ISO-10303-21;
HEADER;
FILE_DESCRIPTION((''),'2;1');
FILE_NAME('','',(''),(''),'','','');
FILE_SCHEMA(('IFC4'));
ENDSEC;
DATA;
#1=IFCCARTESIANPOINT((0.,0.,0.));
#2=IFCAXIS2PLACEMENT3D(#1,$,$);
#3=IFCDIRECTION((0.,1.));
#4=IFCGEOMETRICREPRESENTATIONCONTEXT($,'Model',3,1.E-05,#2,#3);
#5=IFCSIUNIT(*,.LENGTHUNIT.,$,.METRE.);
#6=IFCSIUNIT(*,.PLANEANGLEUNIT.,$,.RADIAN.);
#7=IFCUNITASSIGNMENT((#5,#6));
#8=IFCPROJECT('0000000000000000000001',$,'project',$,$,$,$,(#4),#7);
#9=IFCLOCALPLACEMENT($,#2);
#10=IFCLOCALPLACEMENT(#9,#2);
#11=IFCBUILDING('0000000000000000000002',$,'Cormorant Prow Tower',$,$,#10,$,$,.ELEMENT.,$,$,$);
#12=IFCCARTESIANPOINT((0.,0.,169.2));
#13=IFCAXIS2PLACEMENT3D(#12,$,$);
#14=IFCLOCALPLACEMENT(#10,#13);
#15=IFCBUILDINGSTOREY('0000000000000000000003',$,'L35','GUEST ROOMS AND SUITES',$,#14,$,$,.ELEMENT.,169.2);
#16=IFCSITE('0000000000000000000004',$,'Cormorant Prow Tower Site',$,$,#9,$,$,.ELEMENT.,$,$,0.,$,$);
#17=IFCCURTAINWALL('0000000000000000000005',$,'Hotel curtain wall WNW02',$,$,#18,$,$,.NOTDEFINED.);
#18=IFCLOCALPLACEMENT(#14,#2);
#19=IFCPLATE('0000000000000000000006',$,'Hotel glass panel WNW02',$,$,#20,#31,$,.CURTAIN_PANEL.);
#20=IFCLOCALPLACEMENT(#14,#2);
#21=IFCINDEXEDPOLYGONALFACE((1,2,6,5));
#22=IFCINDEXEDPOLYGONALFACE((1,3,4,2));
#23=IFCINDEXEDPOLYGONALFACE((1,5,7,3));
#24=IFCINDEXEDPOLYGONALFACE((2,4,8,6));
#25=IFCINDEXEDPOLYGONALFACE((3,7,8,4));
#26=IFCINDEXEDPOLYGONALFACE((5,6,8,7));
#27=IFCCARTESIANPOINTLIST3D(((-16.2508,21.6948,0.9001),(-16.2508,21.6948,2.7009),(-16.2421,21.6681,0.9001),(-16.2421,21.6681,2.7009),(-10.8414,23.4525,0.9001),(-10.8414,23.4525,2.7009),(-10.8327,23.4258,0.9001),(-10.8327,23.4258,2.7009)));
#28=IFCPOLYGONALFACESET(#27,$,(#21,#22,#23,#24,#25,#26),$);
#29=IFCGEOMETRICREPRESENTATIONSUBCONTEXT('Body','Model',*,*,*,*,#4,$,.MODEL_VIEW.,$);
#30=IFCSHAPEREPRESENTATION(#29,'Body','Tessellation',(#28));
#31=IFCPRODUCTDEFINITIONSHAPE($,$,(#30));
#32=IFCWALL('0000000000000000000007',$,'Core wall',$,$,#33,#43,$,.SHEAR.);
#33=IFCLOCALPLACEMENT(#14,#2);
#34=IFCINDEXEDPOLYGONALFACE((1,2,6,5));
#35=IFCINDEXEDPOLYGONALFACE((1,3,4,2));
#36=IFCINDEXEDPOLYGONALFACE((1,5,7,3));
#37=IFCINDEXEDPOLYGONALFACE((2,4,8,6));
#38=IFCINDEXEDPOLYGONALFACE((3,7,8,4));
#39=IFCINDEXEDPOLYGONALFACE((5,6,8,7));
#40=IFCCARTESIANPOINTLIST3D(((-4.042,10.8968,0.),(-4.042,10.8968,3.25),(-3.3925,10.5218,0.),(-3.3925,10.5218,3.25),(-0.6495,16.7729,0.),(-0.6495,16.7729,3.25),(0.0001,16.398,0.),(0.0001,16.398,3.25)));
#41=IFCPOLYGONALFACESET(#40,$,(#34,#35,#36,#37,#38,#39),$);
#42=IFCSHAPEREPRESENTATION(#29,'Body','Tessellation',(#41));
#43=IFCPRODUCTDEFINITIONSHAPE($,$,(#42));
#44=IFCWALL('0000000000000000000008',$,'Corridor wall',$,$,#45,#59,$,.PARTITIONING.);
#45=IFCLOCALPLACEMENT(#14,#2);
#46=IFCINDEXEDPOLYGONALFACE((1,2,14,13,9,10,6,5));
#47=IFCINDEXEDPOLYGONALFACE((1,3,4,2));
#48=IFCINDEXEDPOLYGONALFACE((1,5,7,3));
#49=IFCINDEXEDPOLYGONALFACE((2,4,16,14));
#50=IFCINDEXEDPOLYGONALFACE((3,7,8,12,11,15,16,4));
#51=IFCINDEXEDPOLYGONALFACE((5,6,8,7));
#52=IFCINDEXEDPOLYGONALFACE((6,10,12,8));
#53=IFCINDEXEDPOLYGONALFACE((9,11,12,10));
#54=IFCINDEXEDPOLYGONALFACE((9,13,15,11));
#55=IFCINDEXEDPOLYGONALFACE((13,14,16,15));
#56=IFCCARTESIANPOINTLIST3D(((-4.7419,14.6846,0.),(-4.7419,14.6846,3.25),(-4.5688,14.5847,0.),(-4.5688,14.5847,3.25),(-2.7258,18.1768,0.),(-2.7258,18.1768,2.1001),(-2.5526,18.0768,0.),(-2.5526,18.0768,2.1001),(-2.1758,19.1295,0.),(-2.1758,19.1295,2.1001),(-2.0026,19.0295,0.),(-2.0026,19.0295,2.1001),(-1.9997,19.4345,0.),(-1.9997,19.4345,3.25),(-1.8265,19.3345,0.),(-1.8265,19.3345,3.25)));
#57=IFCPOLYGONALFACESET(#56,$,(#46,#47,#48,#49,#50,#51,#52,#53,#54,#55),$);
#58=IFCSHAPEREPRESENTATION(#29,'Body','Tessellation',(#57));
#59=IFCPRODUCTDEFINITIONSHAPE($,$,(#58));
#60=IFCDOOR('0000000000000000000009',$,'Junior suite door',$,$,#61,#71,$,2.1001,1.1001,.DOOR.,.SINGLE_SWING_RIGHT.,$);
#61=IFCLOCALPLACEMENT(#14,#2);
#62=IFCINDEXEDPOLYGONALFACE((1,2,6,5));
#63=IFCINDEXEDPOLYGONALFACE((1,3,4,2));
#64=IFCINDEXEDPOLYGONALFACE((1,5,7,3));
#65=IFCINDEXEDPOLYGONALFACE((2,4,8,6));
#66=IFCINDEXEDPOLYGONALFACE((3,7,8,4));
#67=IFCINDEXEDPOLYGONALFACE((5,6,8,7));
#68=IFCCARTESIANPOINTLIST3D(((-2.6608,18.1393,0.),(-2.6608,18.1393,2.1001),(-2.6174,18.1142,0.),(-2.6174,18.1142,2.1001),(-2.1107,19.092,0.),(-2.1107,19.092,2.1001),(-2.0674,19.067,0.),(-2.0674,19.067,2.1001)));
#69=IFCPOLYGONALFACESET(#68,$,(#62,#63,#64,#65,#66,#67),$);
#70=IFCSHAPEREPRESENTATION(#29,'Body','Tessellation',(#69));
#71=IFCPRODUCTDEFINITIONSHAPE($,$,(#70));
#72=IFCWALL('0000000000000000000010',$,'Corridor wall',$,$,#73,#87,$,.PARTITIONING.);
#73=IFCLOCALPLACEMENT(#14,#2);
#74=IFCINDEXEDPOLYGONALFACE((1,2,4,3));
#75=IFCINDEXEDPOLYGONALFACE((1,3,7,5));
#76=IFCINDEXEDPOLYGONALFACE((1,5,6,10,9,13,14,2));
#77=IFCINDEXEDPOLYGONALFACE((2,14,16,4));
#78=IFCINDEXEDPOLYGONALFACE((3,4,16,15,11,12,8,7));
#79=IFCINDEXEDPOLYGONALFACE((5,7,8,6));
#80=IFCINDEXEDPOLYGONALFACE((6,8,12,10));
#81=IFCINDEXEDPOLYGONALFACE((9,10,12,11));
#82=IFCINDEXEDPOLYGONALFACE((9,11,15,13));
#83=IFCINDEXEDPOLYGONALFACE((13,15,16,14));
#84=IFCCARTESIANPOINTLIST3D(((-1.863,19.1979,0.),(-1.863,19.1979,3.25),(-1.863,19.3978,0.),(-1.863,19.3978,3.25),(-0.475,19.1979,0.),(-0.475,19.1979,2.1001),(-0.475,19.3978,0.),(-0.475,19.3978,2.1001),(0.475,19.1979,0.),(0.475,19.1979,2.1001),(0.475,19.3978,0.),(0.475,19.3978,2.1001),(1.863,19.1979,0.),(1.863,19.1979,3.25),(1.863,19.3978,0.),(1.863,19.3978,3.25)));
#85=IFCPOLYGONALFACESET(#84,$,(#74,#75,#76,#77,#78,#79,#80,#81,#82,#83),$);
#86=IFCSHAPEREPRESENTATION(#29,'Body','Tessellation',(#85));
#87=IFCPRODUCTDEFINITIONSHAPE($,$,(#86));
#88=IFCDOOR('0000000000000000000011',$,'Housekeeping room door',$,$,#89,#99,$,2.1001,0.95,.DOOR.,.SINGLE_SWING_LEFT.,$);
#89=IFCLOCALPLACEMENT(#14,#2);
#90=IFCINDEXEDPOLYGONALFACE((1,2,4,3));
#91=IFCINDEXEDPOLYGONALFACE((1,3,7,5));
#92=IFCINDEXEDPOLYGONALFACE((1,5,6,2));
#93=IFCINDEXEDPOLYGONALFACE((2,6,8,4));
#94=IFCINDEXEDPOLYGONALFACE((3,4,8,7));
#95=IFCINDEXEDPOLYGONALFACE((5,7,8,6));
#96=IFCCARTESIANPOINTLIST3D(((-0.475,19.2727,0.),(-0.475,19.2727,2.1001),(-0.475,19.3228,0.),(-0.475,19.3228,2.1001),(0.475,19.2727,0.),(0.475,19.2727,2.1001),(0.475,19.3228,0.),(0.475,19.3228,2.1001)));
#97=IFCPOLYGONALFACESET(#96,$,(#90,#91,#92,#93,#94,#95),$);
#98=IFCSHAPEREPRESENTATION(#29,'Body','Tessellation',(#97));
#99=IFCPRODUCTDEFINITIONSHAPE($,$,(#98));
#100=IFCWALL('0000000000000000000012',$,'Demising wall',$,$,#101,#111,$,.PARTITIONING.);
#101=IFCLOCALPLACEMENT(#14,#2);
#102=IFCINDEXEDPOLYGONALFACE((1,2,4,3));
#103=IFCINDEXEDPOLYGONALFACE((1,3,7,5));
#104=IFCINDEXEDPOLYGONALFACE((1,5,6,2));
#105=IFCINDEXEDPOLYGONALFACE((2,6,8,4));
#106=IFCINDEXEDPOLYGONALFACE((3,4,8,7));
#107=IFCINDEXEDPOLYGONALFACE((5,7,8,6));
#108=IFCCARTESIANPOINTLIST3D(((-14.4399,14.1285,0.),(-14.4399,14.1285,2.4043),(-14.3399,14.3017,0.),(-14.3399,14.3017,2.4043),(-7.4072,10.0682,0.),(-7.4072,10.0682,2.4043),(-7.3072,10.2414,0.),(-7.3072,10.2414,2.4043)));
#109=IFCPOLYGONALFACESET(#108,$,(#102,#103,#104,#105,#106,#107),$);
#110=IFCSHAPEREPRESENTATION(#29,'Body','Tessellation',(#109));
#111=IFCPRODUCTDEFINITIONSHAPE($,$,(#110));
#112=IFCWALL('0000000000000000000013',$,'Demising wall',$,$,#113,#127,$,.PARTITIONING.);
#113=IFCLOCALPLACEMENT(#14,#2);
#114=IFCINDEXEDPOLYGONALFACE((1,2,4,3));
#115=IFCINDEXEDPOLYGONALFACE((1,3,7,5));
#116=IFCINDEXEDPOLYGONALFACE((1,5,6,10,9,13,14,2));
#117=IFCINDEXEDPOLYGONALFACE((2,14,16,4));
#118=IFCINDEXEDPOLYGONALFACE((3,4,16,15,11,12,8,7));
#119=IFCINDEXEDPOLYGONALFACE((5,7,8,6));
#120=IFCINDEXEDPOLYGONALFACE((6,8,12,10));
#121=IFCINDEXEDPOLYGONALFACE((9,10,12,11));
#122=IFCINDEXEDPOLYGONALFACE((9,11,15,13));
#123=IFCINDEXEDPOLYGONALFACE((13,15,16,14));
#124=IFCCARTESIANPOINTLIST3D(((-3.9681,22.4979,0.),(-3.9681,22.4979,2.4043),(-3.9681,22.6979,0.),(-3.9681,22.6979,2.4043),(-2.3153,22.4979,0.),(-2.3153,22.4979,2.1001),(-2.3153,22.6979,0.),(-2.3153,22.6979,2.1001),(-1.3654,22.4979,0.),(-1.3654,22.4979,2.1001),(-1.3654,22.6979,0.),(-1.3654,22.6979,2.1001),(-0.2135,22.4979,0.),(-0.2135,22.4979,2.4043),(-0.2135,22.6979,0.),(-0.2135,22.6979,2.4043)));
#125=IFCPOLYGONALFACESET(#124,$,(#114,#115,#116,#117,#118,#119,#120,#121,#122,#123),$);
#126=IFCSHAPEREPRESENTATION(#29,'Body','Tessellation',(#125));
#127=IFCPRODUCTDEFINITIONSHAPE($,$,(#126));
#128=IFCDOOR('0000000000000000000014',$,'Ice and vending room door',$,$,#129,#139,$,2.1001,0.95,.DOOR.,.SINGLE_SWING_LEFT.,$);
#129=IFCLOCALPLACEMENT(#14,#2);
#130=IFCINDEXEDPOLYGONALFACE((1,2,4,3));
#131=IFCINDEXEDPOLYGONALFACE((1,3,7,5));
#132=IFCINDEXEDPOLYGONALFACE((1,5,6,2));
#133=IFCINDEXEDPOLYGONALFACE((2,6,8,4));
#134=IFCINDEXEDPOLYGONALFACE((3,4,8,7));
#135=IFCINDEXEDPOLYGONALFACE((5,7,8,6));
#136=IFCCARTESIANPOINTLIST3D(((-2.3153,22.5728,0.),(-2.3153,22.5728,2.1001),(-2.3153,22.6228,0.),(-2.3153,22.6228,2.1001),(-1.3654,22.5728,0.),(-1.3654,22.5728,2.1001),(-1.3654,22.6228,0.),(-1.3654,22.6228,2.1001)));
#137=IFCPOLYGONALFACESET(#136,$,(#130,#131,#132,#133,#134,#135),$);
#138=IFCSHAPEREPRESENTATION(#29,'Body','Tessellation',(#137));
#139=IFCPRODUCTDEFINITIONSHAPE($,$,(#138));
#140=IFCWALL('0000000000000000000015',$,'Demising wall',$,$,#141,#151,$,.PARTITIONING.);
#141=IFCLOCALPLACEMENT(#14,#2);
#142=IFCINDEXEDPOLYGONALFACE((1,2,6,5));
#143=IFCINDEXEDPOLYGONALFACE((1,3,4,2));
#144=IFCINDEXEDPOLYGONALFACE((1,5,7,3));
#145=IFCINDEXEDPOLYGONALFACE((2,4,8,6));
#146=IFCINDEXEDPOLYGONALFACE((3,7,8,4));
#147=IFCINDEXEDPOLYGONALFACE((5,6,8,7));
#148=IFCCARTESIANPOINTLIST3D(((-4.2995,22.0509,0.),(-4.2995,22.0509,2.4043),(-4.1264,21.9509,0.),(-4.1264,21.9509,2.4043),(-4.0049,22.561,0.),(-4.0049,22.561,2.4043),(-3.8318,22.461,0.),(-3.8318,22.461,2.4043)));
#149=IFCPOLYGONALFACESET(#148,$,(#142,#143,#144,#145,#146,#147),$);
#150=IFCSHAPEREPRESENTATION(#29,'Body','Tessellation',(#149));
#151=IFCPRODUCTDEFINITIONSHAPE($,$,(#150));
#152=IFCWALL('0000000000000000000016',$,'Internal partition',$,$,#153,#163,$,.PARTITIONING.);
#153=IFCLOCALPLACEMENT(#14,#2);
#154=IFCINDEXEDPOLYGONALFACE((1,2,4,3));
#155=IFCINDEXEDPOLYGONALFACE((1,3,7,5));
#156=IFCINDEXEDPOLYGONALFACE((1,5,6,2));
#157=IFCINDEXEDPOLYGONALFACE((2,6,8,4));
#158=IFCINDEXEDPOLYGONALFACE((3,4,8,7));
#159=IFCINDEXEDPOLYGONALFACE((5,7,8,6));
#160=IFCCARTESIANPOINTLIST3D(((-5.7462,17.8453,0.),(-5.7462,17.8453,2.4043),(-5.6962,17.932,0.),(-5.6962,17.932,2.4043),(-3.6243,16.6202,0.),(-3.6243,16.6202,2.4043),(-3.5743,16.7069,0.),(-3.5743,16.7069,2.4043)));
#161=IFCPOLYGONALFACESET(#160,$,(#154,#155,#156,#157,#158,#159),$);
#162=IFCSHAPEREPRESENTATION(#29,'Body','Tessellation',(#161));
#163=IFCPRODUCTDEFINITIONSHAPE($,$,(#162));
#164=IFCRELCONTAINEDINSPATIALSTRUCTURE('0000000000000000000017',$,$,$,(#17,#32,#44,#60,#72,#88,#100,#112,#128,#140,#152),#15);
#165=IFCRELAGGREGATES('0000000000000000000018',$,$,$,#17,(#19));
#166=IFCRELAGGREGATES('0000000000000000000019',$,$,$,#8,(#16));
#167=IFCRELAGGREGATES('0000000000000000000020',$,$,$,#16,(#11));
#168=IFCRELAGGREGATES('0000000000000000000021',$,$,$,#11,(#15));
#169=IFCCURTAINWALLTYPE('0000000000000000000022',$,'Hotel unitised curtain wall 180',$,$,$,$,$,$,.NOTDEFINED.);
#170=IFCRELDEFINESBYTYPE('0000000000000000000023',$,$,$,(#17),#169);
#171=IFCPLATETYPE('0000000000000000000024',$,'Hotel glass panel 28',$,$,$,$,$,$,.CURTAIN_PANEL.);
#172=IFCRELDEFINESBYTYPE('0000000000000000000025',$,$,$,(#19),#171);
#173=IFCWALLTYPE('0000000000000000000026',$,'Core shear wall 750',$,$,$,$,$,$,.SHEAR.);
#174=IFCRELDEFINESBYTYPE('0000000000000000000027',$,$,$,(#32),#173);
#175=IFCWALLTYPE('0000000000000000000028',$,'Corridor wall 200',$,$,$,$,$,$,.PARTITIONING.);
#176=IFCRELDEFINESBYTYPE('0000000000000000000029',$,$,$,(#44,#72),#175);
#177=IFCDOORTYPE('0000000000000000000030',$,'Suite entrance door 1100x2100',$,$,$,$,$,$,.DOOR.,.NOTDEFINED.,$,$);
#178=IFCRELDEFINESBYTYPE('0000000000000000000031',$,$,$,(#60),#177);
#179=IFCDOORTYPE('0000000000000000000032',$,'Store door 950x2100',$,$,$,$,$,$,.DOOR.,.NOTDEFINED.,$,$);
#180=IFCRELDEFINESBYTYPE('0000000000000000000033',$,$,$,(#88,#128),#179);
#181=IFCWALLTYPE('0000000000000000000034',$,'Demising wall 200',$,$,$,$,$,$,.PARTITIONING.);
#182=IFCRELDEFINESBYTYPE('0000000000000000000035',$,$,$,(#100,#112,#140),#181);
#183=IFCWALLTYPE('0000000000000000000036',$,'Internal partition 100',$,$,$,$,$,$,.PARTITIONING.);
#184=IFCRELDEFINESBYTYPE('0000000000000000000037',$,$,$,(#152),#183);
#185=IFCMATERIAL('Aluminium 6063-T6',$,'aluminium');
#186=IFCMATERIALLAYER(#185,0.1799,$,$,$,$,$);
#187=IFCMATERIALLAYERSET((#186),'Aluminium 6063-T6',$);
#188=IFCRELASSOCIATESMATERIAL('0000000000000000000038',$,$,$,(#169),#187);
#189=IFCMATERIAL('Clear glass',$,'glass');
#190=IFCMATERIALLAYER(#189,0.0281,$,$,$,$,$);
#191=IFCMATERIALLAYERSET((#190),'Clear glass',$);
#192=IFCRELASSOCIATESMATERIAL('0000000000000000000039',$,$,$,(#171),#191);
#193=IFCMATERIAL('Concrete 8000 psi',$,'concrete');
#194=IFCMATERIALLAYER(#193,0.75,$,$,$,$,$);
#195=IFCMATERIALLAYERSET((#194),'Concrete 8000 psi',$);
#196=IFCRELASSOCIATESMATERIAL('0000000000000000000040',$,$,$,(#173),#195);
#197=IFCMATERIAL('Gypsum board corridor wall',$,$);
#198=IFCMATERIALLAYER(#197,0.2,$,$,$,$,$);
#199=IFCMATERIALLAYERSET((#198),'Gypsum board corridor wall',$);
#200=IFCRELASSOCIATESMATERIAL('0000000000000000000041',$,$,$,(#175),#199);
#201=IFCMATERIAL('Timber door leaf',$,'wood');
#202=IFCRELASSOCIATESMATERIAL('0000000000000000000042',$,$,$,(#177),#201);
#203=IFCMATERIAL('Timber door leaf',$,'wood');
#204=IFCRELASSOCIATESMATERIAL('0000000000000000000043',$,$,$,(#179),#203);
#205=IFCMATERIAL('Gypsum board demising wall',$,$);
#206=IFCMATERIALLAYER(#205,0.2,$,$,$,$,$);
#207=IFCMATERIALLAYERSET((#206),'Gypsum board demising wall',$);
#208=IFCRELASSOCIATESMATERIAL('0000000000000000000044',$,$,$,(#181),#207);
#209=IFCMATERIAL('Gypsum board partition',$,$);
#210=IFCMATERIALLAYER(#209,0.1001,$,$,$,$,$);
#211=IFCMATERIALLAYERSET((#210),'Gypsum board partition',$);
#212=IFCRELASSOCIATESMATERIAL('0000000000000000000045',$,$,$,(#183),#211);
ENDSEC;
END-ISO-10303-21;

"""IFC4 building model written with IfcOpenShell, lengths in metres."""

from ifc_helpers import new_model, si_unit, direction, frame, frame_2d, origin, origin_2d, place, context, subcontext, project, spatial, rectangle, extrude, material, layer, layer_set, type_object, element, fill, aggregate, save


model = new_model("IFC4")

# Units and contexts
model_context = context("Model", 3, precision=1e-05, world=origin(), true_north=direction((0.0, 1.0)))
body_context = subcontext(model_context, "Body", "Model", "MODEL_VIEW")
ifc_project = project(units=[si_unit("LENGTHUNIT", "METRE"), si_unit("PLANEANGLEUNIT", "RADIAN")], contexts=[model_context])

# Site, building, storey
site_placement = place(None, origin())
site = spatial("IfcSite", under=ifc_project, at=site_placement, Name="Cormorant Prow Tower Site", CompositionType="ELEMENT", RefElevation=0.0)
building_placement = place(site_placement, origin())
building = spatial("IfcBuilding", under=site, at=building_placement, Name="Cormorant Prow Tower", CompositionType="ELEMENT")
storey_placement = place(building_placement, frame((0.0, 0.0, 169.2)))
storey = spatial("IfcBuildingStorey", under=building, at=storey_placement, Name="L35", Description="GUEST ROOMS AND SUITES", CompositionType="ELEMENT", Elevation=169.2)

# Shared definitions
ifc_material_1 = material(Name="Aluminium 6063-T6", Category="aluminium")
ifc_layer_1 = layer(ifc_material_1, 0.1799)
ifc_layer_set_1 = layer_set([ifc_layer_1], Name="Aluminium 6063-T6")
curtain_wall_type = type_object("IfcCurtainWallType", Name="Hotel unitised curtain wall 180", PredefinedType="NOTDEFINED", material=ifc_layer_set_1)

# Curtain wall, plate
curtain_wall_1_placement = place(storey_placement, origin())
curtain_wall_1 = element("IfcCurtainWall", 1, at=curtain_wall_1_placement, inside=storey, type_object=curtain_wall_type, Name="Hotel curtain wall WNW02", PredefinedType="NOTDEFINED")
ifc_material_2 = material(Name="Clear glass", Category="glass")
ifc_layer_2 = layer(ifc_material_2, 0.0281)
ifc_layer_set_2 = layer_set([ifc_layer_2], Name="Clear glass")
plate_type = type_object("IfcPlateType", Name="Hotel glass panel 28", PredefinedType="CURTAIN_PANEL", material=ifc_layer_set_2)
plate_placement = place(storey_placement, frame((-13.5417, 22.5603, 0.9001), z_axis=(0.0, 0.0, 1.0), x_axis=(-0.951056, -0.309017, 0.0)))
plate = element("IfcPlate", 2, at=plate_placement, type_object=plate_type, Name="Hotel glass panel WNW02", PredefinedType="CURTAIN_PANEL", context=body_context, shape_type="SweptSolid", body=[
    extrude(rectangle(XDim=5.6877, YDim=0.0281, at=origin_2d()), origin(), (0.0, 0.0, 1.0), 1.8008),
])
aggregate(curtain_wall_1, [plate])

# Wall
ifc_material_3 = material(Name="Concrete 8000 psi", Category="concrete")
ifc_layer_3 = layer(ifc_material_3, 0.75)
ifc_layer_set_3 = layer_set([ifc_layer_3], Name="Concrete 8000 psi")
wall_type_1 = type_object("IfcWallType", Name="Core shear wall 750", PredefinedType="SHEAR", material=ifc_layer_set_3)
wall_1_placement = place(storey_placement, frame((-0.3247, 16.5854, 0.0), z_axis=(0.0, 0.0, 1.0), x_axis=(-0.499993, -0.866029, 0.0)))
element("IfcWall", 3, at=wall_1_placement, inside=storey, type_object=wall_type_1, Name="Core wall", PredefinedType="SHEAR", context=body_context, shape_type="SweptSolid", body=[
    extrude(rectangle(XDim=6.7852, YDim=0.75, at=frame_2d((3.3926, 0.0))), origin(), (0.0, 0.0, 1.0), 3.25),
])

# Walls, openings, doors
ifc_material_4 = material(Name="Gypsum board corridor wall")
ifc_layer_4 = layer(ifc_material_4, 0.2)
ifc_layer_set_4 = layer_set([ifc_layer_4], Name="Gypsum board corridor wall")
wall_type_2 = type_object("IfcWallType", Name="Corridor wall 200", PredefinedType="PARTITIONING", material=ifc_layer_set_4)
wall_2_placement = place(storey_placement, frame((-4.6553, 14.6348, 0.0), z_axis=(0.0, 0.0, 1.0), x_axis=(0.499988, 0.866032, 0.0)))
wall_2 = element("IfcWall", 4, at=wall_2_placement, inside=storey, type_object=wall_type_2, Name="Corridor wall", PredefinedType="PARTITIONING", context=body_context, shape_type="SweptSolid", body=[
    extrude(rectangle(XDim=5.4846, YDim=0.2, at=frame_2d((2.7422, 0.0))), origin(), (0.0, 0.0, 1.0), 3.25),
])
opening_1_placement = place(wall_2_placement, frame((4.0322, 0.0, 0.0)))
opening_1 = element("IfcOpeningElement", 5, at=opening_1_placement, cuts=wall_2, PredefinedType="OPENING", context=body_context, shape_type="SweptSolid", body=[
    extrude(rectangle(XDim=1.1001, YDim=2.1001, at=frame_2d((0.55, 1.05))), frame((0.0, 0.1099, 0.0), z_axis=(0.0, -1.0, 0.0), x_axis=(1.0, 0.0, 0.0)), (0.0, 0.0, 1.0), 0.22),
])
ifc_material_5 = material(Name="Timber door leaf", Category="wood")
door_type_1 = type_object("IfcDoorType", Name="Suite entrance door 1100x2100", OperationType="NOTDEFINED", PredefinedType="DOOR", material=ifc_material_5)
door_1_placement = place(opening_1_placement, origin())
door_1 = element("IfcDoor", 6, at=door_1_placement, inside=storey, type_object=door_type_1, Name="Junior suite door", OperationType="SINGLE_SWING_RIGHT", OverallHeight=2.1001, OverallWidth=1.1001, PredefinedType="DOOR", context=body_context, shape_type="SweptSolid", body=[
    extrude(rectangle(XDim=1.1001, YDim=2.1001, at=frame_2d((0.55, 1.05))), frame((0.0, 0.0249, 0.0), z_axis=(0.0, -1.0, 0.0), x_axis=(1.0, 0.0, 0.0)), (0.0, 0.0, 1.0), 0.05),
])
fill(opening_1, door_1)
wall_3_placement = place(storey_placement, frame((-1.863, 19.2979, 0.0), z_axis=(0.0, 0.0, 1.0), x_axis=(1.0, 0.0, 0.0)))
wall_3 = element("IfcWall", 7, at=wall_3_placement, inside=storey, type_object=wall_type_2, Name="Corridor wall", PredefinedType="PARTITIONING", context=body_context, shape_type="SweptSolid", body=[
    extrude(rectangle(XDim=3.7261, YDim=0.2, at=frame_2d((1.863, 0.0))), origin(), (0.0, 0.0, 1.0), 3.25),
])
opening_2_placement = place(wall_3_placement, frame((1.3879, 0.0, 0.0)))
opening_2 = element("IfcOpeningElement", 8, at=opening_2_placement, cuts=wall_3, PredefinedType="OPENING", context=body_context, shape_type="SweptSolid", body=[
    extrude(rectangle(XDim=0.95, YDim=2.1001, at=frame_2d((0.4751, 1.05))), frame((0.0, 0.1099, 0.0), z_axis=(0.0, -1.0, 0.0), x_axis=(1.0, 0.0, 0.0)), (0.0, 0.0, 1.0), 0.22),
])
ifc_material_6 = material(Name="Timber door leaf", Category="wood")
door_type_2 = type_object("IfcDoorType", Name="Store door 950x2100", OperationType="NOTDEFINED", PredefinedType="DOOR", material=ifc_material_6)
door_2_placement = place(opening_2_placement, origin())
door_2 = element("IfcDoor", 9, at=door_2_placement, inside=storey, type_object=door_type_2, Name="Housekeeping room door", OperationType="SINGLE_SWING_LEFT", OverallHeight=2.1001, OverallWidth=0.95, PredefinedType="DOOR", context=body_context, shape_type="SweptSolid", body=[
    extrude(rectangle(XDim=0.95, YDim=2.1001, at=frame_2d((0.4751, 1.05))), frame((0.0, 0.0249, 0.0), z_axis=(0.0, -1.0, 0.0), x_axis=(1.0, 0.0, 0.0)), (0.0, 0.0, 1.0), 0.05),
])
fill(opening_2, door_2)

# Wall
ifc_material_7 = material(Name="Gypsum board demising wall")
ifc_layer_5 = layer(ifc_material_7, 0.2)
ifc_layer_set_5 = layer_set([ifc_layer_5], Name="Gypsum board demising wall")
wall_type_3 = type_object("IfcWallType", Name="Demising wall 200", PredefinedType="PARTITIONING", material=ifc_layer_set_5)
wall_4_placement = place(storey_placement, frame((-14.3899, 14.2151, 0.0), z_axis=(0.0, 0.0, 1.0), x_axis=(0.866027, -0.499997, 0.0)))
element("IfcWall", 10, at=wall_4_placement, inside=storey, type_object=wall_type_3, Name="Demising wall", PredefinedType="PARTITIONING", context=body_context, shape_type="SweptSolid", body=[
    extrude(rectangle(XDim=8.1206, YDim=0.2, at=frame_2d((4.0603, 0.0))), origin(), (0.0, 0.0, 1.0), 2.4043),
])

# Wall, opening, door
wall_5_placement = place(storey_placement, frame((-3.9683, 22.5979, 0.0), z_axis=(0.0, 0.0, 1.0), x_axis=(1.0, 0.0, 0.0)))
wall_5 = element("IfcWall", 11, at=wall_5_placement, inside=storey, type_object=wall_type_3, Name="Demising wall", PredefinedType="PARTITIONING", context=body_context, shape_type="SweptSolid", body=[
    extrude(rectangle(XDim=3.7546, YDim=0.2, at=frame_2d((1.8774, 0.0))), origin(), (0.0, 0.0, 1.0), 2.4043),
])
opening_3_placement = place(wall_5_placement, frame((1.6528, 0.0, 0.0)))
opening_3 = element("IfcOpeningElement", 12, at=opening_3_placement, cuts=wall_5, PredefinedType="OPENING", context=body_context, shape_type="SweptSolid", body=[
    extrude(rectangle(XDim=0.95, YDim=2.1001, at=frame_2d((0.4751, 1.05))), frame((0.0, 0.1099, 0.0), z_axis=(0.0, -1.0, 0.0), x_axis=(1.0, 0.0, 0.0)), (0.0, 0.0, 1.0), 0.22),
])
door_3_placement = place(opening_3_placement, origin())
door_3 = element("IfcDoor", 13, at=door_3_placement, inside=storey, type_object=door_type_2, Name="Ice and vending room door", OperationType="SINGLE_SWING_LEFT", OverallHeight=2.1001, OverallWidth=0.95, PredefinedType="DOOR", context=body_context, shape_type="SweptSolid", body=[
    extrude(rectangle(XDim=0.95, YDim=2.1001, at=frame_2d((0.4751, 1.05))), frame((0.0, 0.0249, 0.0), z_axis=(0.0, -1.0, 0.0), x_axis=(1.0, 0.0, 0.0)), (0.0, 0.0, 1.0), 0.05),
])
fill(opening_3, door_3)

# Walls
wall_6_placement = place(storey_placement, frame((-4.2129, 22.001, 0.0), z_axis=(0.0, 0.0, 1.0), x_axis=(0.500105, 0.865965, 0.0)))
element("IfcWall", 14, at=wall_6_placement, inside=storey, type_object=wall_type_3, Name="Demising wall", PredefinedType="PARTITIONING", context=body_context, shape_type="SweptSolid", body=[
    extrude(rectangle(XDim=0.5891, YDim=0.2, at=frame_2d((0.2944, 0.0))), origin(), (0.0, 0.0, 1.0), 2.4043),
])
ifc_material_8 = material(Name="Gypsum board partition")
ifc_layer_6 = layer(ifc_material_8, 0.1001)
ifc_layer_set_6 = layer_set([ifc_layer_6], Name="Gypsum board partition")
wall_type_4 = type_object("IfcWallType", Name="Internal partition 100", PredefinedType="PARTITIONING", material=ifc_layer_set_6)
wall_7_placement = place(storey_placement, frame((-5.7212, 17.8887, 0.0), z_axis=(0.0, 0.0, 1.0), x_axis=(0.866015, -0.500019, 0.0)))
element("IfcWall", 15, at=wall_7_placement, inside=storey, type_object=wall_type_4, Name="Internal partition", PredefinedType="PARTITIONING", context=body_context, shape_type="SweptSolid", body=[
    extrude(rectangle(XDim=2.4502, YDim=0.1001, at=frame_2d((1.2251, 0.0))), origin(), (0.0, 0.0, 1.0), 2.4043),
])

save(model, "model.ifc")
